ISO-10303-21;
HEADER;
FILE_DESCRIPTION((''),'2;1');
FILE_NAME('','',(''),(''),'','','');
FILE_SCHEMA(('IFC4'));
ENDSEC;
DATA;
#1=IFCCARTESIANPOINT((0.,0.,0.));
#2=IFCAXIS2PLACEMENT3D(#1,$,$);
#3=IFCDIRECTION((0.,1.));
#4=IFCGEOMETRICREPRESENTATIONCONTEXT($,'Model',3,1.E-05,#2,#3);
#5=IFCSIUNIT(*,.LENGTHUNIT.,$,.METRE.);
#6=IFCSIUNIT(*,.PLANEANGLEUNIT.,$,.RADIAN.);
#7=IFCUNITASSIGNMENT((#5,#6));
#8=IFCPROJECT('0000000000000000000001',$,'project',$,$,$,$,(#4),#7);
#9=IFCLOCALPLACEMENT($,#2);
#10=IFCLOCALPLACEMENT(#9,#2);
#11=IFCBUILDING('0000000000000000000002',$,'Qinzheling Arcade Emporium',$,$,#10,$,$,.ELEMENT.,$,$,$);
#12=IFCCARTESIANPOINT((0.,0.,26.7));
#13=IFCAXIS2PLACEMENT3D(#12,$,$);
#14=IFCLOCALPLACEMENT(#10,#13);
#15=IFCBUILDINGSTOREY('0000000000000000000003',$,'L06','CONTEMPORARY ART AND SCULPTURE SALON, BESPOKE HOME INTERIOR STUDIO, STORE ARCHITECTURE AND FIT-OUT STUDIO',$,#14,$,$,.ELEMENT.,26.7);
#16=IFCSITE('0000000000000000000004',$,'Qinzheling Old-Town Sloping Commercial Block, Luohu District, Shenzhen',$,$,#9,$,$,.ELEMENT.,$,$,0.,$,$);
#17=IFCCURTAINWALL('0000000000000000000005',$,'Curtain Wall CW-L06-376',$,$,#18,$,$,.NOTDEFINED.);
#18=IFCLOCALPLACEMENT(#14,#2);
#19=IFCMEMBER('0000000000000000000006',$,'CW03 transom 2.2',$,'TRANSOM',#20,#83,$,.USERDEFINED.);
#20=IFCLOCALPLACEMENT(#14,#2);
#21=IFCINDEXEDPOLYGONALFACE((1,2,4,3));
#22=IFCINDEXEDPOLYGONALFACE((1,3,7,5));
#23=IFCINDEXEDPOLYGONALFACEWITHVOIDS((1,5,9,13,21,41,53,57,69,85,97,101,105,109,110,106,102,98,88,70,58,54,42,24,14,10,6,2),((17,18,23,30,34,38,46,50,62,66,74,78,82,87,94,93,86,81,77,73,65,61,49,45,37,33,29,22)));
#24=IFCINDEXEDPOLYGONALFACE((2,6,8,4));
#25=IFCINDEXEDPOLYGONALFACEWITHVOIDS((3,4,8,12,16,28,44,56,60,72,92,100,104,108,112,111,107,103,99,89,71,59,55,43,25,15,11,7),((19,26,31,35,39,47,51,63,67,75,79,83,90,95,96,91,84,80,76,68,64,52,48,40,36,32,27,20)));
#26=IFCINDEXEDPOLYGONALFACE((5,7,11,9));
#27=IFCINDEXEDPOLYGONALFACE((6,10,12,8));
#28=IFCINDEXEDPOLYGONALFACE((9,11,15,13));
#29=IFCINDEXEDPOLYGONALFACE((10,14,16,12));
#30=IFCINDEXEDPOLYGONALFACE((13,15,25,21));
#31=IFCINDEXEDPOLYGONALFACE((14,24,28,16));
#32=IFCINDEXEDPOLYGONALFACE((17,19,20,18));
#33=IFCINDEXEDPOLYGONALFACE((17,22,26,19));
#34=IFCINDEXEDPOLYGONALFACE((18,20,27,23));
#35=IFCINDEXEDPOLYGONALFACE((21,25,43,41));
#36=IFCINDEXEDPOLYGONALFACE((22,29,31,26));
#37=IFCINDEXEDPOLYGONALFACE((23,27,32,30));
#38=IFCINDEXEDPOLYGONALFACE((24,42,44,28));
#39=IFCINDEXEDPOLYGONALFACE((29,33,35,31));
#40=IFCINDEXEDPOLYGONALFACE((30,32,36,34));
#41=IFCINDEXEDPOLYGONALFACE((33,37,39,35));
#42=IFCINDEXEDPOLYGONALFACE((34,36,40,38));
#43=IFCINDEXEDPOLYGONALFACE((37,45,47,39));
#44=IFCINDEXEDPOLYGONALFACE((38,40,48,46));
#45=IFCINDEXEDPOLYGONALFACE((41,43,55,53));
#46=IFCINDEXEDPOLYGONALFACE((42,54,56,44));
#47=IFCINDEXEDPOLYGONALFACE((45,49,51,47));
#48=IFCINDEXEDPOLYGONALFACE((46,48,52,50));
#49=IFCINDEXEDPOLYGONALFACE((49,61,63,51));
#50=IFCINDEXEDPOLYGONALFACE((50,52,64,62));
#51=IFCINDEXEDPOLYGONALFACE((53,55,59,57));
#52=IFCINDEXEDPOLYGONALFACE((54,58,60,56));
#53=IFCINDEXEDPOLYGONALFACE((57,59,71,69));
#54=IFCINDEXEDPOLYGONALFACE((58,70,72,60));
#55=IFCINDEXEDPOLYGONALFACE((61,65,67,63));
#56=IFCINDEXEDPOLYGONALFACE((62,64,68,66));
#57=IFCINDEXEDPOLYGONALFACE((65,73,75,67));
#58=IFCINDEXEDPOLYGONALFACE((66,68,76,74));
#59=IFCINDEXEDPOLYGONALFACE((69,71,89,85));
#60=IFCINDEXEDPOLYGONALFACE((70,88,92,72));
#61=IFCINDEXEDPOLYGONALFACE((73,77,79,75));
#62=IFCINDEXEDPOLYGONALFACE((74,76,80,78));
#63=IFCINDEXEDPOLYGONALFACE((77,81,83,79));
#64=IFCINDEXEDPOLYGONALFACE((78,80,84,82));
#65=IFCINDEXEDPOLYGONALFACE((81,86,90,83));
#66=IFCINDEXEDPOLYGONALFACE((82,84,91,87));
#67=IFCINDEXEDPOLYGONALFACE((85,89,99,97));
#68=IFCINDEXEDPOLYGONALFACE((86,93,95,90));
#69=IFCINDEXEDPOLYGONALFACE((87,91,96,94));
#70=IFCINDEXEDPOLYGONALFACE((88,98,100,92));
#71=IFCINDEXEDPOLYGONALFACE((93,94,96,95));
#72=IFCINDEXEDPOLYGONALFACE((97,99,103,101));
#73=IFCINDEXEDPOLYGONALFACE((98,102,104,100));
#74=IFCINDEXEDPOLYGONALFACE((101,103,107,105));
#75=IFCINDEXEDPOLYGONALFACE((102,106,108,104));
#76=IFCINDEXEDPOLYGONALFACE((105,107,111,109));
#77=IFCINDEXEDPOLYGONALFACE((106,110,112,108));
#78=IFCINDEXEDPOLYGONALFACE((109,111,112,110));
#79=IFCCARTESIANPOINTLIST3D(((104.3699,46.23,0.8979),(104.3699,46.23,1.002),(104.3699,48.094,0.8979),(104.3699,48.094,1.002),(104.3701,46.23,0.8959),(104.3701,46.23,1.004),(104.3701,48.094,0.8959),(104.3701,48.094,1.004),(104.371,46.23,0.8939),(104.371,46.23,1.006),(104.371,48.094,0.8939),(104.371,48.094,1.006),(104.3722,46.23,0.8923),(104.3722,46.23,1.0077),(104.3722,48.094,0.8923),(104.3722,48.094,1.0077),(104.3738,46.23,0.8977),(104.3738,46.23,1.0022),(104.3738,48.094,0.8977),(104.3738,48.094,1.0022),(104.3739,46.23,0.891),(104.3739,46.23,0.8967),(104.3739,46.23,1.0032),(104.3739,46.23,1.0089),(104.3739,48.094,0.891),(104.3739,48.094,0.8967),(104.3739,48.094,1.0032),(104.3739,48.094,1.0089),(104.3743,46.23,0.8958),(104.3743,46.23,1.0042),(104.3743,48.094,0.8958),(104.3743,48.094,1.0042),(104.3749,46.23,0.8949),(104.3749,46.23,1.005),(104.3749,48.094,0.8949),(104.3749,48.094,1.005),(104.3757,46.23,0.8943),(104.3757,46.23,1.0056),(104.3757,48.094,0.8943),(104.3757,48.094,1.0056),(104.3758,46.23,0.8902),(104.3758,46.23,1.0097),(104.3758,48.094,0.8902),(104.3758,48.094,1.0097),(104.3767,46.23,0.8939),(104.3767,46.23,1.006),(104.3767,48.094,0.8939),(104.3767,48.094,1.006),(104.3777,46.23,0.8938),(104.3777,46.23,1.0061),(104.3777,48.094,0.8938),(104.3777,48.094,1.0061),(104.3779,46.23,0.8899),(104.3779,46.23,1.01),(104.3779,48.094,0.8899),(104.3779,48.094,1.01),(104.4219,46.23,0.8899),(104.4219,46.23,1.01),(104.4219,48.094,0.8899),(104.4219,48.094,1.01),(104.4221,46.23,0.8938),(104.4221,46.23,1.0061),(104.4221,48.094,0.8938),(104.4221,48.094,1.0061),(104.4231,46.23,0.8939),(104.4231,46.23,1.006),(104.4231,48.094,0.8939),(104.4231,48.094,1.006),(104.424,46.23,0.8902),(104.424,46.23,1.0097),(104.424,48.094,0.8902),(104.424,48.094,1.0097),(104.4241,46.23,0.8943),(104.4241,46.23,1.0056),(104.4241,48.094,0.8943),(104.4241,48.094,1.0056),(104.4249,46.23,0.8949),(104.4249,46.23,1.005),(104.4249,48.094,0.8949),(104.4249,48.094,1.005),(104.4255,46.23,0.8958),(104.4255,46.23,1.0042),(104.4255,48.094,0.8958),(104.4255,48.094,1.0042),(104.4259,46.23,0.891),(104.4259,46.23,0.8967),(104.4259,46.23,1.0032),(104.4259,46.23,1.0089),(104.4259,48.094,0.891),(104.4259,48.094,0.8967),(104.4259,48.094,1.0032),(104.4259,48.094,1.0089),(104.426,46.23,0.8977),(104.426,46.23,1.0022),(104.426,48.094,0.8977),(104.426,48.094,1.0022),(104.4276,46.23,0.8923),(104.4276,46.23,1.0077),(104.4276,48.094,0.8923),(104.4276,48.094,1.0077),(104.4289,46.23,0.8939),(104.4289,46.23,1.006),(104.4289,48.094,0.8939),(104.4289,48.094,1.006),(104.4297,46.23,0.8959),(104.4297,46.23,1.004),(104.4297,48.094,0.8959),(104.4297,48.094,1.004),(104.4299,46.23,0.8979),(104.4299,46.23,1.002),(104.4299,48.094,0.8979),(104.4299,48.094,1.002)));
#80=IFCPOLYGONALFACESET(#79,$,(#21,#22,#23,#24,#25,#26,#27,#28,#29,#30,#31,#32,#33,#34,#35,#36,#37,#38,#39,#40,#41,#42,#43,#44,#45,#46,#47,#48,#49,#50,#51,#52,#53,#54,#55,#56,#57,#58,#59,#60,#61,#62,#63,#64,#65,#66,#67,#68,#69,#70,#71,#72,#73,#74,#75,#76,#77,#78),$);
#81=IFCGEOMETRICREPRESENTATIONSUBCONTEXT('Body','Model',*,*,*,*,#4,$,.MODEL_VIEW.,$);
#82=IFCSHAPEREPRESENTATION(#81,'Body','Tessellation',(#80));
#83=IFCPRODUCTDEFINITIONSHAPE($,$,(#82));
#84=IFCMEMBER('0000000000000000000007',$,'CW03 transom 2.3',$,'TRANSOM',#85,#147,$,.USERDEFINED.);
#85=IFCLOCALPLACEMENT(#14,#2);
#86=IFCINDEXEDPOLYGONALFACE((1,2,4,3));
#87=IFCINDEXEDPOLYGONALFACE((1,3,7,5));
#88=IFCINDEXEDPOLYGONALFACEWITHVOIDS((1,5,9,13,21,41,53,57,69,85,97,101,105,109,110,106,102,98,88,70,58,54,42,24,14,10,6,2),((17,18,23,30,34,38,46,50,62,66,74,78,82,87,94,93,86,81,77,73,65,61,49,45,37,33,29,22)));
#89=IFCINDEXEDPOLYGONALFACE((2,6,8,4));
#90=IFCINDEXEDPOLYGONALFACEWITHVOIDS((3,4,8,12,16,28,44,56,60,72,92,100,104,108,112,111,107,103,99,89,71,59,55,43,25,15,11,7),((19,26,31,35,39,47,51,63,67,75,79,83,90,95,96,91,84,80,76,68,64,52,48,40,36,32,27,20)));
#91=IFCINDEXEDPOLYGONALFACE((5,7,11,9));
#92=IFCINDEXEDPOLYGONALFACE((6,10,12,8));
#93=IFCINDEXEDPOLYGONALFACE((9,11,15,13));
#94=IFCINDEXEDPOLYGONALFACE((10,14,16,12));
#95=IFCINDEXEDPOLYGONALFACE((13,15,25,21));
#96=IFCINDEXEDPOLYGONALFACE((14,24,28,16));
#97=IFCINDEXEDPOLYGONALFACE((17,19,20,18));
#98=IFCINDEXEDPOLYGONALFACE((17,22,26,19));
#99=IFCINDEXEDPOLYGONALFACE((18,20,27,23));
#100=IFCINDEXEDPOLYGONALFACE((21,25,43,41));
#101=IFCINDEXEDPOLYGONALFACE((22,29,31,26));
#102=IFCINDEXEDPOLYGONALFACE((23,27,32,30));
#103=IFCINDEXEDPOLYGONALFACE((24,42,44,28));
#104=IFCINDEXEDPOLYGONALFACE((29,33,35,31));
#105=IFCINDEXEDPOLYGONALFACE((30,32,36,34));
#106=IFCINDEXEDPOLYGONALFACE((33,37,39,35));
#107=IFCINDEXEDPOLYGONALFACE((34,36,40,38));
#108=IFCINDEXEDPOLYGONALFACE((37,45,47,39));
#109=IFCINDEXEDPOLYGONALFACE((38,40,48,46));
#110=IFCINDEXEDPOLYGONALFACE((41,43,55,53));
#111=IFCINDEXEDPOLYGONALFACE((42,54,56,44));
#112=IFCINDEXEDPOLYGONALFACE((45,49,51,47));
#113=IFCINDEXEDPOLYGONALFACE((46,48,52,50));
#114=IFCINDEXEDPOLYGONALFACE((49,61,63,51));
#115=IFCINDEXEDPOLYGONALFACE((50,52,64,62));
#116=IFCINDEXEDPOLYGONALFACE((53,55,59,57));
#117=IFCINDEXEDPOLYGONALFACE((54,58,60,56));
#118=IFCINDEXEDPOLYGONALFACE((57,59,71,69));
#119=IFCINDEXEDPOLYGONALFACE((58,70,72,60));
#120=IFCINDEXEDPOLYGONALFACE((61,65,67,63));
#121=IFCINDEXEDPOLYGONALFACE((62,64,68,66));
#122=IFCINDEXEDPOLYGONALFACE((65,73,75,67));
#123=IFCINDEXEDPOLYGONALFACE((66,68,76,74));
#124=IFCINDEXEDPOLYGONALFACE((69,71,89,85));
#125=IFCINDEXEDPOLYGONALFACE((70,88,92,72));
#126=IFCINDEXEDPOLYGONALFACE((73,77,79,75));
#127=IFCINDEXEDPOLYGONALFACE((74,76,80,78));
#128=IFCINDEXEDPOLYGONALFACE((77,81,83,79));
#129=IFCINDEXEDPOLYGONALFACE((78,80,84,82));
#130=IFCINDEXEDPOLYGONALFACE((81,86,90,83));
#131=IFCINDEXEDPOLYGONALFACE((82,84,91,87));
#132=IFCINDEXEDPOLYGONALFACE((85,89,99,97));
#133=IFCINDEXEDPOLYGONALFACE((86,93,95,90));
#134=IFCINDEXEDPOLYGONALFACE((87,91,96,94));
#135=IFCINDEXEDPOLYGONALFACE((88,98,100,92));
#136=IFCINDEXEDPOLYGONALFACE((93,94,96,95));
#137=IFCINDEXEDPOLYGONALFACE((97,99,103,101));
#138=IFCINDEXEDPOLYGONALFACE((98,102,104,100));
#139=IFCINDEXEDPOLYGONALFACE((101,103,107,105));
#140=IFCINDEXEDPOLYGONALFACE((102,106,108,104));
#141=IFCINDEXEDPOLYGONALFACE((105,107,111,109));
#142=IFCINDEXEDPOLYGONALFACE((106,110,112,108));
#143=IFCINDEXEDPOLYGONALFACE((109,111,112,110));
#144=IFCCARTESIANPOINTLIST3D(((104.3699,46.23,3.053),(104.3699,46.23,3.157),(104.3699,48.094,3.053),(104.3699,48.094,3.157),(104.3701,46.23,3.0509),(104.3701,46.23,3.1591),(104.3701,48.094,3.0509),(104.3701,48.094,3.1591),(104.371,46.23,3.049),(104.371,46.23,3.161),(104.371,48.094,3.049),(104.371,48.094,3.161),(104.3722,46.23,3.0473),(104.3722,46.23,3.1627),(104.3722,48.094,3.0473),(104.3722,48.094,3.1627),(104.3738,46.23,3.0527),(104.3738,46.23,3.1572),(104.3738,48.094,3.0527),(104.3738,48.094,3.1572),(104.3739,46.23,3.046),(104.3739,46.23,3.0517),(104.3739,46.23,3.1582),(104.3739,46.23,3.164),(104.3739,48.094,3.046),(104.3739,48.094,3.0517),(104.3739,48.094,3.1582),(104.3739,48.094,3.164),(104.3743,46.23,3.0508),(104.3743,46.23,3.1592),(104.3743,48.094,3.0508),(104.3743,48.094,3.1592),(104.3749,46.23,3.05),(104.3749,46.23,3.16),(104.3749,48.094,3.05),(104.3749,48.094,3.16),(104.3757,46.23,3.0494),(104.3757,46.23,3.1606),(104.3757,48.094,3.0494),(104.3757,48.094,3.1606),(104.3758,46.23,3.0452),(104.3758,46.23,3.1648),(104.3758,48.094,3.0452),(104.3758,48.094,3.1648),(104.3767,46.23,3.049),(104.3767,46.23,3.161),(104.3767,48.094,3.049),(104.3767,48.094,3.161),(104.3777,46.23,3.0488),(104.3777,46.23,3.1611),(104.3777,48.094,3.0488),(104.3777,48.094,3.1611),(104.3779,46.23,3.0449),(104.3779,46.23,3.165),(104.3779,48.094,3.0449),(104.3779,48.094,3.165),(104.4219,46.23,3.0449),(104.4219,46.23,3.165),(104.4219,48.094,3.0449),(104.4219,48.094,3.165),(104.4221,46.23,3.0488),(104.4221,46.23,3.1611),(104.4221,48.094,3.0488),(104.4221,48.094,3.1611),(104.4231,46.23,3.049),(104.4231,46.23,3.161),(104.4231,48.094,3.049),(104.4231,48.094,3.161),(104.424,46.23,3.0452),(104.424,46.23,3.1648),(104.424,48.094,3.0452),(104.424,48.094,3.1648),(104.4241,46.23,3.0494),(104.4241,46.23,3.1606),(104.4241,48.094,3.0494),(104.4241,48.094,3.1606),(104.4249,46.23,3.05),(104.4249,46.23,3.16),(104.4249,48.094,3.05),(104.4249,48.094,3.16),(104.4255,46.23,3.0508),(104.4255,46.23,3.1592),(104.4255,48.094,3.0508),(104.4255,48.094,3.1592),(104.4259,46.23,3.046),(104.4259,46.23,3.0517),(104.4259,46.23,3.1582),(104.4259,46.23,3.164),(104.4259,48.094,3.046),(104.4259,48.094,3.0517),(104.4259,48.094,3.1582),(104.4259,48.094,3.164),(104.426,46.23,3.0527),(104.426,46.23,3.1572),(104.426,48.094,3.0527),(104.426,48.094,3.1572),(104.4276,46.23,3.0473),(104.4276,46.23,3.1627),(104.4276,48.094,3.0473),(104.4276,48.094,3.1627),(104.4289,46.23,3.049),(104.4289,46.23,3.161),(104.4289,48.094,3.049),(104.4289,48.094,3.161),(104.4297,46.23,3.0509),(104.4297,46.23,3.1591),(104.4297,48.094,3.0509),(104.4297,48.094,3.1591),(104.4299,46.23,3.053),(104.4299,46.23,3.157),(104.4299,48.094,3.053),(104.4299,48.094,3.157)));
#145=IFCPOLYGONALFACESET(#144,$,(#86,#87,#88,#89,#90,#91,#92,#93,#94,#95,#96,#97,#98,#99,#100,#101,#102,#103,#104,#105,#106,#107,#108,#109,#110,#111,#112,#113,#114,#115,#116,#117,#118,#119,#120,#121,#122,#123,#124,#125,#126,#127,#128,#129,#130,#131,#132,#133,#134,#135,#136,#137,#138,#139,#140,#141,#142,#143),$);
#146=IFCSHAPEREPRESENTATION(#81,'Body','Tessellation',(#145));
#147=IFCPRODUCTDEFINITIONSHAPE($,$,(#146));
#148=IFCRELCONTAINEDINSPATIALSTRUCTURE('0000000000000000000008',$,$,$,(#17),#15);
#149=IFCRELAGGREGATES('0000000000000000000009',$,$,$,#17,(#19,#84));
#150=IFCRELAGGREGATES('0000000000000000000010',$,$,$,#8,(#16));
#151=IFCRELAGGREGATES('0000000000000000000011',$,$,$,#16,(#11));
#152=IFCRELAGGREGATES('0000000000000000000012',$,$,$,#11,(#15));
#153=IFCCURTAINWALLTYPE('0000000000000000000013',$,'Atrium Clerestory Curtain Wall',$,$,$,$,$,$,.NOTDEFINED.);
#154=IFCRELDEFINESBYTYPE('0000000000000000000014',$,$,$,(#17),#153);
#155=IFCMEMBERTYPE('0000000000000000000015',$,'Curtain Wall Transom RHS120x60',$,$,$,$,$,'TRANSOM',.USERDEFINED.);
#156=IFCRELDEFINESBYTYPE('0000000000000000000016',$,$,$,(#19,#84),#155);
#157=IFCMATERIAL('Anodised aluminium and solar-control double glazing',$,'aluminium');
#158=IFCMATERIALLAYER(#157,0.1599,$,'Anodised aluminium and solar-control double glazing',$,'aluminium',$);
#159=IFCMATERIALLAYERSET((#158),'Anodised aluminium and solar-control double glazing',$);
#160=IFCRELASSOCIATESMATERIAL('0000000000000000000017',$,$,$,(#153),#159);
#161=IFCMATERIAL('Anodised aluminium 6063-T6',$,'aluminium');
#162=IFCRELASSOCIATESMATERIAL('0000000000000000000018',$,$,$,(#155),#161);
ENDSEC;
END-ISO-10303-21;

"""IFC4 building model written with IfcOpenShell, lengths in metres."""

from ifc_helpers import new_model, si_unit, direction, frame, origin, origin_2d, place, context, subcontext, project, spatial, hollow_rectangle, extrude, material, layer, layer_set, material_profile, profile_set, type_object, element, aggregate, save


model = new_model("IFC4")

# Units and contexts
model_context = context("Model", 3, precision=1e-05, world=origin(), true_north=direction((0.0, 1.0)))
body_context = subcontext(model_context, "Body", "Model", "MODEL_VIEW")
ifc_project = project(units=[si_unit("LENGTHUNIT", "METRE"), si_unit("PLANEANGLEUNIT", "RADIAN")], contexts=[model_context])

# Site, building, storey
site_placement = place(None, origin())
site = spatial("IfcSite", under=ifc_project, at=site_placement, Name="Qinzheling Old-Town Sloping Commercial Block, Luohu District, Shenzhen", CompositionType="ELEMENT", RefElevation=0.0)
building_placement = place(site_placement, origin())
building = spatial("IfcBuilding", under=site, at=building_placement, Name="Qinzheling Arcade Emporium", CompositionType="ELEMENT")
storey_placement = place(building_placement, frame((0.0, 0.0, 26.7)))
storey = spatial("IfcBuildingStorey", under=building, at=storey_placement, Name="L06", Description="CONTEMPORARY ART AND SCULPTURE SALON, BESPOKE HOME INTERIOR STUDIO, STORE ARCHITECTURE AND FIT-OUT STUDIO", CompositionType="ELEMENT", Elevation=26.7)

# Curtain wall, members
ifc_material_1 = material(Name="Anodised aluminium and solar-control double glazing", Category="aluminium")
ifc_layer_1 = layer(ifc_material_1, 0.1599, Name="Anodised aluminium and solar-control double glazing", Category="aluminium")
ifc_layer_set_1 = layer_set([ifc_layer_1], Name="Anodised aluminium and solar-control double glazing")
curtain_wall_type = type_object("IfcCurtainWallType", Name="Atrium Clerestory Curtain Wall", PredefinedType="NOTDEFINED", material=ifc_layer_set_1)
curtain_wall_placement = place(storey_placement, origin())
curtain_wall = element("IfcCurtainWall", 1, at=curtain_wall_placement, inside=storey, type_object=curtain_wall_type, Name="Curtain Wall CW-L06-376", PredefinedType="NOTDEFINED")
ifc_material_2 = material(Name="Anodised aluminium 6063-T6", Category="aluminium")
ifc_material_profile_1 = material_profile(ifc_material_2, hollow_rectangle(XDim=0.0601, YDim=0.1201, WallThickness=0.0039, InnerFilletRadius=0.0039, OuterFilletRadius=0.0081, at=origin_2d()), Name="RHS 120x60x4", Category="aluminium")
ifc_profile_set_1 = profile_set([ifc_material_profile_1], Name="Anodised aluminium 6063-T6")
member_type_1 = type_object("IfcMemberType", Name="Curtain Wall Transom RHS120x60", ElementType="TRANSOM", PredefinedType="USERDEFINED", material=ifc_profile_set_1)
member_1_placement = place(storey_placement, frame((104.3999, 48.094, 0.95), z_axis=(0.0, -1.0, 0.0), x_axis=(1.0, 0.0, 0.0)))
member_1 = element("IfcMember", 2, at=member_1_placement, type_object=member_type_1, Name="CW03 transom 2.2", ObjectType="TRANSOM", PredefinedType="USERDEFINED", context=body_context, shape_type="SweptSolid", body=[
    extrude(hollow_rectangle(XDim=0.0601, YDim=0.1201, WallThickness=0.0039, InnerFilletRadius=0.0039, OuterFilletRadius=0.0081, at=origin_2d()), origin(), (0.0, 0.0, 1.0), 1.864),
])
member_2_placement = place(storey_placement, frame((104.3999, 48.094, 3.105), z_axis=(0.0, -1.0, 0.0), x_axis=(1.0, 0.0, 0.0)))
member_2 = element("IfcMember", 3, at=member_2_placement, type_object=member_type_1, Name="CW03 transom 2.3", ObjectType="TRANSOM", PredefinedType="USERDEFINED", context=body_context, shape_type="SweptSolid", body=[
    extrude(hollow_rectangle(XDim=0.0601, YDim=0.1201, WallThickness=0.0039, InnerFilletRadius=0.0039, OuterFilletRadius=0.0081, at=origin_2d()), origin(), (0.0, 0.0, 1.0), 1.864),
])

aggregate(curtain_wall, [member_1, member_2])

save(model, "model.ifc")
